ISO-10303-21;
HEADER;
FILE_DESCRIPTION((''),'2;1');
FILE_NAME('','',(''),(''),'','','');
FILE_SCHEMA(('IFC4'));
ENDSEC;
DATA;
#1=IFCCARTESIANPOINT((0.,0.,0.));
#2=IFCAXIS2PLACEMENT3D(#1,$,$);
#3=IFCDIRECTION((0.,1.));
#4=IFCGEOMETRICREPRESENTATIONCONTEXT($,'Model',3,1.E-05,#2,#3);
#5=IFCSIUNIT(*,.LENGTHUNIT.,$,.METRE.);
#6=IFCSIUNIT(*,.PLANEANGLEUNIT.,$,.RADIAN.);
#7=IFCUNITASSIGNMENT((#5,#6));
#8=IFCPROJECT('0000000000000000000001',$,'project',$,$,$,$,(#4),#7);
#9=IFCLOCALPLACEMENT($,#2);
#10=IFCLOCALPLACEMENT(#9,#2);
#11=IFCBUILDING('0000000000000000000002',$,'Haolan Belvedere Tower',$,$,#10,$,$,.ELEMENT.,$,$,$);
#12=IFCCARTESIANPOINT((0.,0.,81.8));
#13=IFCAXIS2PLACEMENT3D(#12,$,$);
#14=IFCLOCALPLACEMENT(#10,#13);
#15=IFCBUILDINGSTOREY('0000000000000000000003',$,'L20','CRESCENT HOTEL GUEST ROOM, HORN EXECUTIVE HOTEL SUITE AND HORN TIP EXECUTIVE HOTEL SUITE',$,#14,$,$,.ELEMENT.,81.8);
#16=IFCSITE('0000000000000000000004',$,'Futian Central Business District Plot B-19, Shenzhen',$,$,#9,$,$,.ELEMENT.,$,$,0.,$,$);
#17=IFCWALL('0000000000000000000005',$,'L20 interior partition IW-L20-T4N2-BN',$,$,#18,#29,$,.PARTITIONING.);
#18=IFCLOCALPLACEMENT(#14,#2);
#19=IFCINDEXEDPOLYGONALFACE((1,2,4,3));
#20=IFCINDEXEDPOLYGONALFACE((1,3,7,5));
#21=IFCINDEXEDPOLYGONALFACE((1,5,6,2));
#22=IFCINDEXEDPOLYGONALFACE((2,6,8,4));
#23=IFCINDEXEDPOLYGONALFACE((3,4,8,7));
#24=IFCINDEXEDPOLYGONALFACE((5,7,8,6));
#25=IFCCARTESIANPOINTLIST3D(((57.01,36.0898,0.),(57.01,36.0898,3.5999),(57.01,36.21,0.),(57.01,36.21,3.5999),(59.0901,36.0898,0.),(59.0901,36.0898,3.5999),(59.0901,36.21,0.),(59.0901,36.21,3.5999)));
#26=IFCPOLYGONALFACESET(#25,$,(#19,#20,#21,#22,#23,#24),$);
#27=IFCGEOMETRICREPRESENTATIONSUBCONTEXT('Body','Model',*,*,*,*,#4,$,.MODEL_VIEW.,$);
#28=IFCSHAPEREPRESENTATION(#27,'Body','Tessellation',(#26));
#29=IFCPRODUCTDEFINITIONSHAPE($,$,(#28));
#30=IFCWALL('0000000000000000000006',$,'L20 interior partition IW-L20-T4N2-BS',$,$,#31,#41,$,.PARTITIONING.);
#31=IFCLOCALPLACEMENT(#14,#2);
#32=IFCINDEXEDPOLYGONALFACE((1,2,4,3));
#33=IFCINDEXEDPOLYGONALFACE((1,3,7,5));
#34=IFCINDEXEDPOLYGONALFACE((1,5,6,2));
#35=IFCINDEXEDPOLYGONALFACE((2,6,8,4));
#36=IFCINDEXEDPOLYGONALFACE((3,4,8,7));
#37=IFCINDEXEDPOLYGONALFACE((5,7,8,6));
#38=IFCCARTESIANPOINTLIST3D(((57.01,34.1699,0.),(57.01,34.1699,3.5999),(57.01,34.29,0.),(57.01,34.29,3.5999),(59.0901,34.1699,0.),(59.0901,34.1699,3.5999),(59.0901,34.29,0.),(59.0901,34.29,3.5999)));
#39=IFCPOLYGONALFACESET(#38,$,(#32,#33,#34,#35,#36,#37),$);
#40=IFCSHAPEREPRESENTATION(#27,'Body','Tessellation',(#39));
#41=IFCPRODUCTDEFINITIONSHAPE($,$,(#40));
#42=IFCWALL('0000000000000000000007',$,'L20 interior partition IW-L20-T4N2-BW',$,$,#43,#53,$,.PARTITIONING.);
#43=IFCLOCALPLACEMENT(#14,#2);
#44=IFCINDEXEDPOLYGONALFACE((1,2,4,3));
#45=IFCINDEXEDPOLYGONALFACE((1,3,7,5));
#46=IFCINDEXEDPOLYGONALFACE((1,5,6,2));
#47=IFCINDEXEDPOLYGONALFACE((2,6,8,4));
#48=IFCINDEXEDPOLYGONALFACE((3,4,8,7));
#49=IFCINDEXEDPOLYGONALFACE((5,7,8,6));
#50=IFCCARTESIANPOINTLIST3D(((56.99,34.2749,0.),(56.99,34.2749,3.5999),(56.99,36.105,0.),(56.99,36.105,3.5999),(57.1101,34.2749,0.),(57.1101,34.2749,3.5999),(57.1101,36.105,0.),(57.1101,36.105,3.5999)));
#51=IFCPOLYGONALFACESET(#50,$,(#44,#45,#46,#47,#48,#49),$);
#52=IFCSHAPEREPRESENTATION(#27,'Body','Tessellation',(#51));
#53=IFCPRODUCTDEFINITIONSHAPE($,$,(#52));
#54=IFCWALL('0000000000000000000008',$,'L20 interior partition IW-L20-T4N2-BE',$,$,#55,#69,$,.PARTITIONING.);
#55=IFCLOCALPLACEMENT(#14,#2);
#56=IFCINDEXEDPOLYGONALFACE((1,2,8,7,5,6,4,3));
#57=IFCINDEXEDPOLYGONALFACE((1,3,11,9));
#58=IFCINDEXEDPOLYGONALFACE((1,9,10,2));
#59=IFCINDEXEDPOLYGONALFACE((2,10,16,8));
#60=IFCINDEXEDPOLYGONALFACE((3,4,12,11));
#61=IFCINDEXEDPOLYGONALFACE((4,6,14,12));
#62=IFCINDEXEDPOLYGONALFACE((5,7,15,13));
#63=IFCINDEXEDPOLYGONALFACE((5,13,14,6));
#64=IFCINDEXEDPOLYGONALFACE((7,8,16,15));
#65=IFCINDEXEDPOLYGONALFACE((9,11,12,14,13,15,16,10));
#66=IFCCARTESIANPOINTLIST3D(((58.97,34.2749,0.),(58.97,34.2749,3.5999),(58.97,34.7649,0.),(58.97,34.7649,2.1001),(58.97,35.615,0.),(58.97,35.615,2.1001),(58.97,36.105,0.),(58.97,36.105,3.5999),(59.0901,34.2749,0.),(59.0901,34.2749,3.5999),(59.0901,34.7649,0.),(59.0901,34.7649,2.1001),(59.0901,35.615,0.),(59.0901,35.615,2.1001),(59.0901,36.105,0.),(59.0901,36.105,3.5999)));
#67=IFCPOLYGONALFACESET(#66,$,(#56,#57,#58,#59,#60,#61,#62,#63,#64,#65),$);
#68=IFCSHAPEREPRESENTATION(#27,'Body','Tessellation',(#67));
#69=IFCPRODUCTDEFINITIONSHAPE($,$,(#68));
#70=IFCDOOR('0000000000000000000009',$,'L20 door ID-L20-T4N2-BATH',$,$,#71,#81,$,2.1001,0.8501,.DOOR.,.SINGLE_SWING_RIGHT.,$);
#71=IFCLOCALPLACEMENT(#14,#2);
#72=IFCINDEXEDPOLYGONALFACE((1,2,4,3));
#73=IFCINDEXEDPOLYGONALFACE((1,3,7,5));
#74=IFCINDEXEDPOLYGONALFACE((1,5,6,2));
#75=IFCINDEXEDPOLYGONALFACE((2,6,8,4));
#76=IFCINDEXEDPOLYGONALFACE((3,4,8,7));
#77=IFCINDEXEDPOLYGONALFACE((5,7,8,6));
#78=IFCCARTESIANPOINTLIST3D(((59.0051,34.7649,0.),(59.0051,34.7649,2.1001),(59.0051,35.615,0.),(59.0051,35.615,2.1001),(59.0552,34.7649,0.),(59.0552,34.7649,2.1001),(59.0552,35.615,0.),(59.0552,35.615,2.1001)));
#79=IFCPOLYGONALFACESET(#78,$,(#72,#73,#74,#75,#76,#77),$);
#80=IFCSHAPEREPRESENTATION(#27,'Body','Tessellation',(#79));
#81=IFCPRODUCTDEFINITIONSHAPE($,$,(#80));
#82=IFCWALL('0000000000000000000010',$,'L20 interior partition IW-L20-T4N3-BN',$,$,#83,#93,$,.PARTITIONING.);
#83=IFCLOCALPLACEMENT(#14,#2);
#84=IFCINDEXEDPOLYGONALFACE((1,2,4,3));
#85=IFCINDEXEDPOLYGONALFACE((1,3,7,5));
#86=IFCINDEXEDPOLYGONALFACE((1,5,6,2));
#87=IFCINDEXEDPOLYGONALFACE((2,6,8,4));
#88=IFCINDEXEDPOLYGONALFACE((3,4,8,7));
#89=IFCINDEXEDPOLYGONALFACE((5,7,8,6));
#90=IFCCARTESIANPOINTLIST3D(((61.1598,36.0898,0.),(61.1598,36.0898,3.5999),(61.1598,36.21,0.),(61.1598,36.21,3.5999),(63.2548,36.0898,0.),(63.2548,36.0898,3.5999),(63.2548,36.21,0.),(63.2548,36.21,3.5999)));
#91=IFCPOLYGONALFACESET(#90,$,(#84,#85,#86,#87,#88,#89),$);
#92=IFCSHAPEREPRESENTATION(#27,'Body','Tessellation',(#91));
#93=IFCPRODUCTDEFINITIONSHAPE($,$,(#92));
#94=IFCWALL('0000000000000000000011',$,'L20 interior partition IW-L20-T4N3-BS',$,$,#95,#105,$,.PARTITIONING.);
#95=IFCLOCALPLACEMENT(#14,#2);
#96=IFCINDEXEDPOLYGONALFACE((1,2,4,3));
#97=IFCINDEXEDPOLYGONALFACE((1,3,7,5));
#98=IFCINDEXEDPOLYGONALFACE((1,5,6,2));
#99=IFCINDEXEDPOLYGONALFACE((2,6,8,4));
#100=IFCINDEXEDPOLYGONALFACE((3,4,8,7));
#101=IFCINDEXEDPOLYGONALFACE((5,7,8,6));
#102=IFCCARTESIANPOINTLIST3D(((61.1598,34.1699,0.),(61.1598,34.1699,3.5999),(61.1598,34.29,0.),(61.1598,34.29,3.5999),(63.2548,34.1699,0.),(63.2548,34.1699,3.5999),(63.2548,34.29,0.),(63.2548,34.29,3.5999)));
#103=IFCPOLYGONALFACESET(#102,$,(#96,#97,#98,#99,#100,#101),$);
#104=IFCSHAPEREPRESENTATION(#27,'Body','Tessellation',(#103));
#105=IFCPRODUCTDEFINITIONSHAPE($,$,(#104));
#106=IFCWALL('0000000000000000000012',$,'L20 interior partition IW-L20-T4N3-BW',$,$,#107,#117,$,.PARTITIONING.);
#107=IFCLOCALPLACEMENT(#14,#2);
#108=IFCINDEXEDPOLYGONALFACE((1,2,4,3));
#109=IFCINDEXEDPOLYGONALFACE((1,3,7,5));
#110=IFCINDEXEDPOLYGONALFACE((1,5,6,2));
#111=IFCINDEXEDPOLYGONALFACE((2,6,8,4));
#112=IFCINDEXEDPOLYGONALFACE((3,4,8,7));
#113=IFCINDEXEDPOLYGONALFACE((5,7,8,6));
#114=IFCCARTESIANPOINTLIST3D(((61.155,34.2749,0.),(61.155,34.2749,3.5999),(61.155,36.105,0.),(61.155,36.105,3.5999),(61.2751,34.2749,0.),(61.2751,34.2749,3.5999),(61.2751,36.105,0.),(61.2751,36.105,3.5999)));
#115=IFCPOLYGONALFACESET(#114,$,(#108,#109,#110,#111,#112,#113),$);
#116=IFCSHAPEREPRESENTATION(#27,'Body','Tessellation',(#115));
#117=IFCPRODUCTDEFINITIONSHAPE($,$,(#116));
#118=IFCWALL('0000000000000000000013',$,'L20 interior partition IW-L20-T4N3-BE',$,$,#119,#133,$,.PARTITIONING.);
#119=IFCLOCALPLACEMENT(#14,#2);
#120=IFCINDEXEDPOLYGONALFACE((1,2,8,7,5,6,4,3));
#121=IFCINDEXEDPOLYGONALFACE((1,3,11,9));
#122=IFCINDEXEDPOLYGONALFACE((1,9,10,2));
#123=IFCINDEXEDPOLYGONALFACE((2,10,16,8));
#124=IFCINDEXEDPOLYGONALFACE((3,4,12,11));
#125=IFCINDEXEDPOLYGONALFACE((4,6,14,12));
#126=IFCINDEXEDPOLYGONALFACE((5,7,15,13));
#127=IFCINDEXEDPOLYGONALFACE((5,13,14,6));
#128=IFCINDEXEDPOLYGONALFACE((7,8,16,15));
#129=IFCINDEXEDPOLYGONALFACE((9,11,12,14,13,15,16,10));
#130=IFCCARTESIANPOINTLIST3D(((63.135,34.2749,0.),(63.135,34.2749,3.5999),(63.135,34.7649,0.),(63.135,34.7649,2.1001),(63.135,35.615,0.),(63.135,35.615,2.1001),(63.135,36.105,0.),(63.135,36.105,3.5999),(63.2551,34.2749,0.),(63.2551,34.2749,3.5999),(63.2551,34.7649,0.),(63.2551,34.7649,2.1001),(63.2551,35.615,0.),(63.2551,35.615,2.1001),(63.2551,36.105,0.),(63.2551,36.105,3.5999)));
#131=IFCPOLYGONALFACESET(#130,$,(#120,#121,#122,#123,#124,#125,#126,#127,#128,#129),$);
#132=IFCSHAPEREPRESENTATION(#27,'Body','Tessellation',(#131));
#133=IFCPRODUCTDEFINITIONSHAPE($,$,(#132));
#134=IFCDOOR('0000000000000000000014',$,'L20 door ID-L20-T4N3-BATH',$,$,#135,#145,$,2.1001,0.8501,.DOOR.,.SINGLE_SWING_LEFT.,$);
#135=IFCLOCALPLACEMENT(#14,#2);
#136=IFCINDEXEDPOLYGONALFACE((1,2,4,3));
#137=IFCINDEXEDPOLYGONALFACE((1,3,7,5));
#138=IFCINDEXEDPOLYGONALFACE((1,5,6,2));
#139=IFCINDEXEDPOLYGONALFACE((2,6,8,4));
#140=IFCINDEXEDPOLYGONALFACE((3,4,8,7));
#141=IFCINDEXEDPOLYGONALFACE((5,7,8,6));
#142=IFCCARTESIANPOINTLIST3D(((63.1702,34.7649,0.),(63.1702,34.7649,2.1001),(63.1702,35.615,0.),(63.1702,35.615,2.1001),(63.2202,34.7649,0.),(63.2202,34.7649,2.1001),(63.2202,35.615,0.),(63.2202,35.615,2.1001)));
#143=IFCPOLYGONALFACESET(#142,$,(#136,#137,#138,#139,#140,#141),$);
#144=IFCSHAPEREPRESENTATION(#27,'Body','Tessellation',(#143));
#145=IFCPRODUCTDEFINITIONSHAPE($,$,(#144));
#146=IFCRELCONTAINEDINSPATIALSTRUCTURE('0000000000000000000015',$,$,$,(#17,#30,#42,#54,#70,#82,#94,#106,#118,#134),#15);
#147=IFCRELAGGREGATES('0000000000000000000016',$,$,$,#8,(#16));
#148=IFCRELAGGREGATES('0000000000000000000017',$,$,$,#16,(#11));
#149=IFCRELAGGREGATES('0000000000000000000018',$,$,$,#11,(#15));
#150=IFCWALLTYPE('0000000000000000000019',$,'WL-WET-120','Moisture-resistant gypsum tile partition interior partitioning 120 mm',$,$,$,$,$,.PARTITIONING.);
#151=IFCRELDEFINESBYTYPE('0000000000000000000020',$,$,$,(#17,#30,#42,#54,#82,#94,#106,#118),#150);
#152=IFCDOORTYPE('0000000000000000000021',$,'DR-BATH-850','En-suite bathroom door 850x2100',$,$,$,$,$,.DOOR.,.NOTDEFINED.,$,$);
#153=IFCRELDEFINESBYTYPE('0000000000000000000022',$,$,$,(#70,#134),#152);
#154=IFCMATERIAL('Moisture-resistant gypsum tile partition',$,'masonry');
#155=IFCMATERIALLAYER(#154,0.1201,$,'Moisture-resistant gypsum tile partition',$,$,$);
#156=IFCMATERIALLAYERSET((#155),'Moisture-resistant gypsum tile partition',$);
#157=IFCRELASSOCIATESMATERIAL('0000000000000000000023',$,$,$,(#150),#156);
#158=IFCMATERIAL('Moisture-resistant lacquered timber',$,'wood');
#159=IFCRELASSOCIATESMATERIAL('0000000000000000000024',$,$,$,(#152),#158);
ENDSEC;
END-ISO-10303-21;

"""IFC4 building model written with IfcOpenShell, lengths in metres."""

from ifc_helpers import new_model, si_unit, direction, frame, frame_2d, origin, place, context, subcontext, project, spatial, rectangle, extrude, material, layer, layer_set, type_object, element, fill, save


model = new_model("IFC4")

# Units and contexts
model_context = context("Model", 3, precision=1e-05, world=origin(), true_north=direction((0.0, 1.0)))
body_context = subcontext(model_context, "Body", "Model", "MODEL_VIEW")
ifc_project = project(units=[si_unit("LENGTHUNIT", "METRE"), si_unit("PLANEANGLEUNIT", "RADIAN")], contexts=[model_context])

# Site, building, storey
site_placement = place(None, origin())
site = spatial("IfcSite", under=ifc_project, at=site_placement, Name="Futian Central Business District Plot B-19, Shenzhen", CompositionType="ELEMENT", RefElevation=0.0)
building_placement = place(site_placement, origin())
building = spatial("IfcBuilding", under=site, at=building_placement, Name="Haolan Belvedere Tower", CompositionType="ELEMENT")
storey_placement = place(building_placement, frame((0.0, 0.0, 81.8)))
storey = spatial("IfcBuildingStorey", under=building, at=storey_placement, Name="L20", Description="CRESCENT HOTEL GUEST ROOM, HORN EXECUTIVE HOTEL SUITE AND HORN TIP EXECUTIVE HOTEL SUITE", CompositionType="ELEMENT", Elevation=81.8)

# Shared definitions
ifc_material_1 = material(Name="Moisture-resistant gypsum tile partition", Category="masonry")
ifc_layer_1 = layer(ifc_material_1, 0.1201, Name="Moisture-resistant gypsum tile partition")
ifc_layer_set_1 = layer_set([ifc_layer_1], Name="Moisture-resistant gypsum tile partition")
wall_type_1 = type_object("IfcWallType", Name="WL-WET-120", Description="Moisture-resistant gypsum tile partition interior partitioning 120 mm", PredefinedType="PARTITIONING", material=ifc_layer_set_1)

# Shared definitions
ifc_material_2 = material(Name="Moisture-resistant lacquered timber", Category="wood")
door_type = type_object("IfcDoorType", Name="DR-BATH-850", Description="En-suite bathroom door 850x2100", OperationType="NOTDEFINED", PredefinedType="DOOR", material=ifc_material_2)

# Walls
for number, where, z_axis, x_axis, name in (
    (1, (57.01, 36.1499, 0.0), (0.0, 0.0, 1.0), (1.0, 0.0, 0.0), "L20 interior partition IW-L20-T4N2-BN"),
    (2, (57.01, 34.23, 0.0), (0.0, 0.0, 1.0), (1.0, 0.0, 0.0), "L20 interior partition IW-L20-T4N2-BS"),
):
    element("IfcWall", number, at=place(storey_placement, frame(where, z_axis=z_axis, x_axis=x_axis)), inside=storey, type_object=wall_type_1, Name=name, PredefinedType="PARTITIONING", context=body_context, shape_type="SweptSolid", body=[
        extrude(rectangle(XDim=2.0801, YDim=0.1201, at=frame_2d((1.04, 0.0))), origin(), (0.0, 0.0, 1.0), 3.5999),
    ])
wall_1_placement = place(storey_placement, frame((57.05, 34.2749, 0.0), z_axis=(0.0, 0.0, 1.0), x_axis=(0.0, 1.0, 0.0)))
element("IfcWall", 3, at=wall_1_placement, inside=storey, type_object=wall_type_1, Name="L20 interior partition IW-L20-T4N2-BW", PredefinedType="PARTITIONING", context=body_context, shape_type="SweptSolid", body=[
    extrude(rectangle(XDim=1.8301, YDim=0.1201, at=frame_2d((0.915, 0.0))), origin(), (0.0, 0.0, 1.0), 3.5999),
])

# Wall, opening, door
wall_2_placement = place(storey_placement, frame((59.03, 34.2749, 0.0), z_axis=(0.0, 0.0, 1.0), x_axis=(0.0, 1.0, 0.0)))
wall_2 = element("IfcWall", 4, at=wall_2_placement, inside=storey, type_object=wall_type_1, Name="L20 interior partition IW-L20-T4N2-BE", PredefinedType="PARTITIONING", context=body_context, shape_type="SweptSolid", body=[
    extrude(rectangle(XDim=1.8301, YDim=0.1201, at=frame_2d((0.915, 0.0))), origin(), (0.0, 0.0, 1.0), 3.5999),
])
opening_1_placement = place(wall_2_placement, frame((0.49, 0.0, 0.0)))
opening_1 = element("IfcOpeningElement", 5, at=opening_1_placement, cuts=wall_2, PredefinedType="OPENING", context=body_context, shape_type="SweptSolid", body=[
    extrude(rectangle(XDim=0.8501, YDim=2.1001, at=frame_2d((0.425, 1.05))), frame((0.0, 0.0701, 0.0), z_axis=(0.0, -1.0, 0.0), x_axis=(1.0, 0.0, 0.0)), (0.0, 0.0, 1.0), 0.1401),
])
door_1_placement = place(opening_1_placement, origin())
door_1 = element("IfcDoor", 6, at=door_1_placement, inside=storey, type_object=door_type, Name="L20 door ID-L20-T4N2-BATH", OperationType="SINGLE_SWING_RIGHT", OverallHeight=2.1001, OverallWidth=0.8501, PredefinedType="DOOR", context=body_context, shape_type="SweptSolid", body=[
    extrude(rectangle(XDim=0.8501, YDim=2.1001, at=frame_2d((0.425, 1.05))), frame((0.0, 0.0249, 0.0), z_axis=(0.0, -1.0, 0.0), x_axis=(1.0, 0.0, 0.0)), (0.0, 0.0, 1.0), 0.05),
])
fill(opening_1, door_1)

# Walls
for number, where, z_axis, x_axis, name in (
    (7, (61.1599, 36.1499, 0.0), (0.0, 0.0, 1.0), (1.0, 0.0, 0.0), "L20 interior partition IW-L20-T4N3-BN"),
    (8, (61.1599, 34.23, 0.0), (0.0, 0.0, 1.0), (1.0, 0.0, 0.0), "L20 interior partition IW-L20-T4N3-BS"),
):
    element("IfcWall", number, at=place(storey_placement, frame(where, z_axis=z_axis, x_axis=x_axis)), inside=storey, type_object=wall_type_1, Name=name, PredefinedType="PARTITIONING", context=body_context, shape_type="SweptSolid", body=[
        extrude(rectangle(XDim=2.095, YDim=0.1201, at=frame_2d((1.0474, 0.0))), origin(), (0.0, 0.0, 1.0), 3.5999),
    ])
wall_3_placement = place(storey_placement, frame((61.2151, 34.2749, 0.0), z_axis=(0.0, 0.0, 1.0), x_axis=(0.0, 1.0, 0.0)))
element("IfcWall", 9, at=wall_3_placement, inside=storey, type_object=wall_type_1, Name="L20 interior partition IW-L20-T4N3-BW", PredefinedType="PARTITIONING", context=body_context, shape_type="SweptSolid", body=[
    extrude(rectangle(XDim=1.8301, YDim=0.1201, at=frame_2d((0.915, 0.0))), origin(), (0.0, 0.0, 1.0), 3.5999),
])

# Wall, opening, door
wall_4_placement = place(storey_placement, frame((63.1951, 34.2749, 0.0), z_axis=(0.0, 0.0, 1.0), x_axis=(0.0, 1.0, 0.0)))
wall_4 = element("IfcWall", 10, at=wall_4_placement, inside=storey, type_object=wall_type_1, Name="L20 interior partition IW-L20-T4N3-BE", PredefinedType="PARTITIONING", context=body_context, shape_type="SweptSolid", body=[
    extrude(rectangle(XDim=1.8301, YDim=0.1201, at=frame_2d((0.915, 0.0))), origin(), (0.0, 0.0, 1.0), 3.5999),
])
opening_2_placement = place(wall_4_placement, frame((0.49, 0.0, 0.0)))
opening_2 = element("IfcOpeningElement", 11, at=opening_2_placement, cuts=wall_4, PredefinedType="OPENING", context=body_context, shape_type="SweptSolid", body=[
    extrude(rectangle(XDim=0.8501, YDim=2.1001, at=frame_2d((0.425, 1.05))), frame((0.0, 0.0701, 0.0), z_axis=(0.0, -1.0, 0.0), x_axis=(1.0, 0.0, 0.0)), (0.0, 0.0, 1.0), 0.1401),
])
door_2_placement = place(opening_2_placement, origin())
door_2 = element("IfcDoor", 12, at=door_2_placement, inside=storey, type_object=door_type, Name="L20 door ID-L20-T4N3-BATH", OperationType="SINGLE_SWING_LEFT", OverallHeight=2.1001, OverallWidth=0.8501, PredefinedType="DOOR", context=body_context, shape_type="SweptSolid", body=[
    extrude(rectangle(XDim=0.8501, YDim=2.1001, at=frame_2d((0.425, 1.05))), frame((0.0, 0.0249, 0.0), z_axis=(0.0, -1.0, 0.0), x_axis=(1.0, 0.0, 0.0)), (0.0, 0.0, 1.0), 0.05),
])
fill(opening_2, door_2)

save(model, "model.ifc")
